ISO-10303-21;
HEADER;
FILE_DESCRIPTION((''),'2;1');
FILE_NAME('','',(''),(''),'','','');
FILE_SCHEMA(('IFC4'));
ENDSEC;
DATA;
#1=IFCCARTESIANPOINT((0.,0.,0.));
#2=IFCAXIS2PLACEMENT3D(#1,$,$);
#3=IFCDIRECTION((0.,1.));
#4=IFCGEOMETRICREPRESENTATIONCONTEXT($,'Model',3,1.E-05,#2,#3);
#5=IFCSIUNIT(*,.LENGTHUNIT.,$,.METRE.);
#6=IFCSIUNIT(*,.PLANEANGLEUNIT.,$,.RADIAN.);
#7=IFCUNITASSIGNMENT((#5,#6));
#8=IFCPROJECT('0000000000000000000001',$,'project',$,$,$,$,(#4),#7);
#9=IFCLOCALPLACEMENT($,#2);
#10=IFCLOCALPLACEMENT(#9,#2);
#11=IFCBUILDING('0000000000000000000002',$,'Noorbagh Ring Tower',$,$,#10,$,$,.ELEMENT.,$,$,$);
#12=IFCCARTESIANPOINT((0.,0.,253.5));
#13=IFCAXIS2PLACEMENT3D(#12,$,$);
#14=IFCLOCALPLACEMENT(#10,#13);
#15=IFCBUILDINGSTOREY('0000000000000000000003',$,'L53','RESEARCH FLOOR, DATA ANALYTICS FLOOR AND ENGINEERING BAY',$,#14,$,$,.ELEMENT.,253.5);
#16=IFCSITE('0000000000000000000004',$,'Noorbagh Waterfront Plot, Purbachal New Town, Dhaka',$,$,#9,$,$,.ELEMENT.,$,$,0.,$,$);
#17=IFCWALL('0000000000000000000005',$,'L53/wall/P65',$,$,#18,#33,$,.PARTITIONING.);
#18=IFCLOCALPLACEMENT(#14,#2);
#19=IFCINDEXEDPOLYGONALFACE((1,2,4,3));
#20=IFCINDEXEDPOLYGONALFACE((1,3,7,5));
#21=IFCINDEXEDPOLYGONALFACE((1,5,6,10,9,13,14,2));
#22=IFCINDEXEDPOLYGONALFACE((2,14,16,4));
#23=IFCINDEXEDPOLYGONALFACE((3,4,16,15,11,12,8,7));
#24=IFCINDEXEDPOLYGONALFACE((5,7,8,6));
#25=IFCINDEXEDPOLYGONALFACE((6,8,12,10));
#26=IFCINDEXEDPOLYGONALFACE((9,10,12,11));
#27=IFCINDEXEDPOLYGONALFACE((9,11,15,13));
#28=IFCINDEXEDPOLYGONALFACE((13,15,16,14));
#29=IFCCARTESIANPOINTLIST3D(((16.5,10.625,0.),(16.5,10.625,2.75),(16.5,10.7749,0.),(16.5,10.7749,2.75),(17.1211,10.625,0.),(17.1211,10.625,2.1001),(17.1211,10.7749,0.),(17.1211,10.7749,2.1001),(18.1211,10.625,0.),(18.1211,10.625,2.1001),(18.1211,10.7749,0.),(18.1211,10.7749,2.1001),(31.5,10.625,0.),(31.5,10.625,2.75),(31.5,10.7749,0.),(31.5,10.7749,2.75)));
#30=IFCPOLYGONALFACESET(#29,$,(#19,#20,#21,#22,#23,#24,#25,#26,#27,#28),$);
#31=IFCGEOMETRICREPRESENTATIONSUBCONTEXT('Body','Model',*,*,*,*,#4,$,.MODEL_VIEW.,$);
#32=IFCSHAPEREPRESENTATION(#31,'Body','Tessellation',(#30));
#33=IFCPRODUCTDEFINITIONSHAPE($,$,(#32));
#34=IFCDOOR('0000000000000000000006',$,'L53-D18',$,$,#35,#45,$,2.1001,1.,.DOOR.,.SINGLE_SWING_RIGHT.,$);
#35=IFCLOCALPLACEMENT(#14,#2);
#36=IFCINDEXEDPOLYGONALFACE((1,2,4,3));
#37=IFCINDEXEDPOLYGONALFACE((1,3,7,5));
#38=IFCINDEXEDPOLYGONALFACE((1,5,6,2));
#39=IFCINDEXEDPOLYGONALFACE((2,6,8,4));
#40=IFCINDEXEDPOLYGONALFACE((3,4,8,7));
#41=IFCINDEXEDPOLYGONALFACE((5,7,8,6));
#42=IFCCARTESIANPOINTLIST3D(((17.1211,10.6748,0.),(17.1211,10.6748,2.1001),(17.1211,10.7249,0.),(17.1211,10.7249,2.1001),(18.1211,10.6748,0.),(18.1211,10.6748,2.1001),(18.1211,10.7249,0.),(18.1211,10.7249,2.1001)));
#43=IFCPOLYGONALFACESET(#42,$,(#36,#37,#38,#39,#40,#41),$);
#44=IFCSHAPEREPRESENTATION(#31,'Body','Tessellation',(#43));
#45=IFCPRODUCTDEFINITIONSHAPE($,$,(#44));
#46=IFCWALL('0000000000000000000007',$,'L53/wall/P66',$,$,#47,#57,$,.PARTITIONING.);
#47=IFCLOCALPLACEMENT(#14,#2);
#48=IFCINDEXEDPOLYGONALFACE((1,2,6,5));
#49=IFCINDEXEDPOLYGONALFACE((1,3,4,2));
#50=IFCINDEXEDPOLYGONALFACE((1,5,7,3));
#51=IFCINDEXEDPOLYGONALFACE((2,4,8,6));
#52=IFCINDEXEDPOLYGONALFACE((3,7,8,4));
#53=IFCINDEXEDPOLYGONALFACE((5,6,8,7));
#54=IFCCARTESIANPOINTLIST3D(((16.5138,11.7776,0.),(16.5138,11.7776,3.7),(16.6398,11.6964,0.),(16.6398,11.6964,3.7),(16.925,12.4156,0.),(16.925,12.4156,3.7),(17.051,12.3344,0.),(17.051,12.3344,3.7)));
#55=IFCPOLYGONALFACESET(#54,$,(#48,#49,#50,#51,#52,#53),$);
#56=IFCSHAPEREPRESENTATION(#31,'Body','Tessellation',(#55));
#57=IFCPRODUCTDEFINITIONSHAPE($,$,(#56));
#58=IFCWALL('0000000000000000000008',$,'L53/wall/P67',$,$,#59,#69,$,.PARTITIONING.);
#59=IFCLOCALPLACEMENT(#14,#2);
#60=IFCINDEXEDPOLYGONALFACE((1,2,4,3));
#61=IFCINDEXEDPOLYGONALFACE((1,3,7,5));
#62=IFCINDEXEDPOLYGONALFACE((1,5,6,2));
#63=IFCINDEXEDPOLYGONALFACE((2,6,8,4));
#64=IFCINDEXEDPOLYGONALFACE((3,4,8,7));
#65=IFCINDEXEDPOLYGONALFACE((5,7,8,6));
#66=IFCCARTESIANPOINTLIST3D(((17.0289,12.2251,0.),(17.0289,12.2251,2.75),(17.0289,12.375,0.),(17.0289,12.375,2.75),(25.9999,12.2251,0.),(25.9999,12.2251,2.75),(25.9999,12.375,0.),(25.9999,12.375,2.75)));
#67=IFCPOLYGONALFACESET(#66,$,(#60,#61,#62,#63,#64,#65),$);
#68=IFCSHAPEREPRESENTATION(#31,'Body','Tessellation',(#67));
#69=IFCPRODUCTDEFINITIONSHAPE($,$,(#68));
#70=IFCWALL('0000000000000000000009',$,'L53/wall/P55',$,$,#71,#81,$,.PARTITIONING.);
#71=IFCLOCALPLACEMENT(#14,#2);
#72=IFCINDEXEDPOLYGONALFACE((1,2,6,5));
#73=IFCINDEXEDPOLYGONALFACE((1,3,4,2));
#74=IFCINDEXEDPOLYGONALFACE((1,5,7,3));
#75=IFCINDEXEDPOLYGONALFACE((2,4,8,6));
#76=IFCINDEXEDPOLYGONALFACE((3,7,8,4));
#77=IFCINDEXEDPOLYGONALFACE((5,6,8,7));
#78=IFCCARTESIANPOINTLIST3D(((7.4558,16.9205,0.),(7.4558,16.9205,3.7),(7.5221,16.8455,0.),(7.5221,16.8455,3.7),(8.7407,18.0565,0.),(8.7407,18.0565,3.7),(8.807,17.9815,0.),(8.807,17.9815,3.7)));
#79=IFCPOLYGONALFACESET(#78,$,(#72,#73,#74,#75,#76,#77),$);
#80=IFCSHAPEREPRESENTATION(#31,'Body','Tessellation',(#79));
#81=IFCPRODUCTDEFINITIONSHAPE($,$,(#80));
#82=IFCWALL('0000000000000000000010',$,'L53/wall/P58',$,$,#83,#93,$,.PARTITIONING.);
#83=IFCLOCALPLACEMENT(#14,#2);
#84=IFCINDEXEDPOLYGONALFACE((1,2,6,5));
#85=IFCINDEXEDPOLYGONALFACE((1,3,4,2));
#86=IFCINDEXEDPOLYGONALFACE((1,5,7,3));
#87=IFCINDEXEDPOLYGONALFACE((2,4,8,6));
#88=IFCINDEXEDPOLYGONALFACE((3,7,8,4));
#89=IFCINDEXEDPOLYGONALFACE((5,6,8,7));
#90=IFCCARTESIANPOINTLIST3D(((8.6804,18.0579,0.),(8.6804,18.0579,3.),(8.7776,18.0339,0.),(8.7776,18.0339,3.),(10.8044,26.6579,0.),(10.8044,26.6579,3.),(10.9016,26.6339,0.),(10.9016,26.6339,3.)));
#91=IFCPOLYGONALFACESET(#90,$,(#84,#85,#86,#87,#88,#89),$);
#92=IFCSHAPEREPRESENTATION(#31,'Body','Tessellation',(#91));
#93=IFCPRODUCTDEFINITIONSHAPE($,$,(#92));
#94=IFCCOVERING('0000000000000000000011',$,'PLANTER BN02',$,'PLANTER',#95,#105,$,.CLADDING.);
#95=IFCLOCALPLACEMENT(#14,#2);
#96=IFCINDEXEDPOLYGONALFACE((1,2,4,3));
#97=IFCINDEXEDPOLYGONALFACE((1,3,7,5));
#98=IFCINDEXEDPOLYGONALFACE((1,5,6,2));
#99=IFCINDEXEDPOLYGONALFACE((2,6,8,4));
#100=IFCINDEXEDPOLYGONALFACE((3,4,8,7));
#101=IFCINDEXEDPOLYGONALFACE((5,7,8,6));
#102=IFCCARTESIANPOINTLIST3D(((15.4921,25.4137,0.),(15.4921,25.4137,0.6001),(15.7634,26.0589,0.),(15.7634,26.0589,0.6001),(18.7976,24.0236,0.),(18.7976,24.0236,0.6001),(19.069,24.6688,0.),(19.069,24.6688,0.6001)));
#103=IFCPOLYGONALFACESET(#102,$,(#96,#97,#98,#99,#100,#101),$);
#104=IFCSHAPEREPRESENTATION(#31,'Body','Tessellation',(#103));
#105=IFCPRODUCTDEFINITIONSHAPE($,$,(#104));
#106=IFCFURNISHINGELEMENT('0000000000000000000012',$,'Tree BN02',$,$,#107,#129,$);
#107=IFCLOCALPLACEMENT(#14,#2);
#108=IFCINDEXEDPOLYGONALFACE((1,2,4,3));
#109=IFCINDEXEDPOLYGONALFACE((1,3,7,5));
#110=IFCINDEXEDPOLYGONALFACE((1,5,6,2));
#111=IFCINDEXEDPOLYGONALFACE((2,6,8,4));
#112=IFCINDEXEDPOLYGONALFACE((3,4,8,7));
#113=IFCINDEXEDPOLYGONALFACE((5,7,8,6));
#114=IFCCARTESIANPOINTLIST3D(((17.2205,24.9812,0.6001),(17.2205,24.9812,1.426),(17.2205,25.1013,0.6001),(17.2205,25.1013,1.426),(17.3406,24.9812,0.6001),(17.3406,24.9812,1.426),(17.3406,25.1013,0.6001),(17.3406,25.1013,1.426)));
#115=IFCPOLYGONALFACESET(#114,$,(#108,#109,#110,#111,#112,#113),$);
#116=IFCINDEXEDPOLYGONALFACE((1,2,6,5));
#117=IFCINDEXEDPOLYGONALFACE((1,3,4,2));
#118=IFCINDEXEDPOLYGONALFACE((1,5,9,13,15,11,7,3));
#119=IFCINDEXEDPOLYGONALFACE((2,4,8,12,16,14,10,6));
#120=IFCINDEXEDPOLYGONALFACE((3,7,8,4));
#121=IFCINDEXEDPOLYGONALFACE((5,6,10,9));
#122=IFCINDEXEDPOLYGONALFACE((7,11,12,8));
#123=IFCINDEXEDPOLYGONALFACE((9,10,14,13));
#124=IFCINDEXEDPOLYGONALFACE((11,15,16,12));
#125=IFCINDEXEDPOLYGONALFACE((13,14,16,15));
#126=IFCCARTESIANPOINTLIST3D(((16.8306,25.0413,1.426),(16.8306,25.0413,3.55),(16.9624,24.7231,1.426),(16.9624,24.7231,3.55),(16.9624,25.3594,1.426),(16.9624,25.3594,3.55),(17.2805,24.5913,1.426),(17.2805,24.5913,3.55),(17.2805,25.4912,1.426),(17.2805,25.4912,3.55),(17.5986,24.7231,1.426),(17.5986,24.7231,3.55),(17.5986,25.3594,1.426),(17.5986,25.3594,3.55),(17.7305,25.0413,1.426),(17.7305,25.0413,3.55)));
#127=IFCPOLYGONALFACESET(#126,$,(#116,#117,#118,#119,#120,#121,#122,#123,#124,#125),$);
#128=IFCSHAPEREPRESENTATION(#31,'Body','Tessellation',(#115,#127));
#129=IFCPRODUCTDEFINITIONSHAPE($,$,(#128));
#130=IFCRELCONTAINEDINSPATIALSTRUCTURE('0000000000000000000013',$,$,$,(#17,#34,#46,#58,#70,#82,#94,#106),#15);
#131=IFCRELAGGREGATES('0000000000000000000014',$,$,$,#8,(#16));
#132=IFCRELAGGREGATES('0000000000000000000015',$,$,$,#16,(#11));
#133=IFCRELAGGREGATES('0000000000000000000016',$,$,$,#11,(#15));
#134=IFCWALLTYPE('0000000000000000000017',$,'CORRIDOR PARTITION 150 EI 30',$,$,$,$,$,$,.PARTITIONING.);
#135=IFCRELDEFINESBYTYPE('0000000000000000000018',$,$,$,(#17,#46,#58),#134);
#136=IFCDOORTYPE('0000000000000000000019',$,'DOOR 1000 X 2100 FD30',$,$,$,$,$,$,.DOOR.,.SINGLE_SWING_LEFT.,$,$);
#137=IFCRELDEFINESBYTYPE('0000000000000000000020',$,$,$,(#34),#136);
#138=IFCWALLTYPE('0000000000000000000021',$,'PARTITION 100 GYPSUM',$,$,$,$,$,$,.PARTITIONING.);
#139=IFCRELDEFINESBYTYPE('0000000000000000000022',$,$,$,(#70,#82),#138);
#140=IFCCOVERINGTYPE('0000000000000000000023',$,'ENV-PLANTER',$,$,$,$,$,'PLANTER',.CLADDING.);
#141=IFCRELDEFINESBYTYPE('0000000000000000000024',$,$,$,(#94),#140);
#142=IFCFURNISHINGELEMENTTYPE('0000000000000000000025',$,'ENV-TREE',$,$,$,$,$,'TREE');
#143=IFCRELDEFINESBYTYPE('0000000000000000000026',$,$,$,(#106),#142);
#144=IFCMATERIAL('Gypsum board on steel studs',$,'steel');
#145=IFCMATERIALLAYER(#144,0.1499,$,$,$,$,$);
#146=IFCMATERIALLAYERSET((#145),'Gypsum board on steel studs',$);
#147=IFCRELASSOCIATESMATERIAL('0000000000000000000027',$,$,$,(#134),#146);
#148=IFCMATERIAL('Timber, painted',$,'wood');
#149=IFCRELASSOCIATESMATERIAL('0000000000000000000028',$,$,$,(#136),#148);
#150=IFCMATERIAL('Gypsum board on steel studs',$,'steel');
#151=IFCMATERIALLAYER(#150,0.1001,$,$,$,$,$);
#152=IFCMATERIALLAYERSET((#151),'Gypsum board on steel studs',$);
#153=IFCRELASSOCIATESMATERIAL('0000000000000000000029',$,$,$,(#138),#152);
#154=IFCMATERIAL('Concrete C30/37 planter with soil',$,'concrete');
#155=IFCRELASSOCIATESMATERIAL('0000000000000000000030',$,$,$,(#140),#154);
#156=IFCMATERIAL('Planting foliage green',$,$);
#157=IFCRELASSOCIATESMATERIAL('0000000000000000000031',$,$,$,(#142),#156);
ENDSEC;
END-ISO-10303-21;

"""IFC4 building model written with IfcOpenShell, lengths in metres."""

from ifc_helpers import new_model, si_unit, direction, frame, frame_2d, origin, origin_2d, place, context, subcontext, project, spatial, polyline, rectangle, outline, extrude, material, layer, layer_set, type_object, element, fill, save


model = new_model("IFC4")

# Units and contexts
model_context = context("Model", 3, precision=1e-05, world=origin(), true_north=direction((0.0, 1.0)))
body_context = subcontext(model_context, "Body", "Model", "MODEL_VIEW")
ifc_project = project(units=[si_unit("LENGTHUNIT", "METRE"), si_unit("PLANEANGLEUNIT", "RADIAN")], contexts=[model_context])

# Site, building, storey
site_placement = place(None, origin())
site = spatial("IfcSite", under=ifc_project, at=site_placement, Name="Noorbagh Waterfront Plot, Purbachal New Town, Dhaka", CompositionType="ELEMENT", RefElevation=0.0)
building_placement = place(site_placement, origin())
building = spatial("IfcBuilding", under=site, at=building_placement, Name="Noorbagh Ring Tower", CompositionType="ELEMENT")
storey_placement = place(building_placement, frame((0.0, 0.0, 253.5)))
storey = spatial("IfcBuildingStorey", under=building, at=storey_placement, Name="L53", Description="RESEARCH FLOOR, DATA ANALYTICS FLOOR AND ENGINEERING BAY", CompositionType="ELEMENT", Elevation=253.5)

# Shared definitions
ifc_material_1 = material(Name="Gypsum board on steel studs", Category="steel")
ifc_layer_1 = layer(ifc_material_1, 0.1499)
ifc_layer_set_1 = layer_set([ifc_layer_1], Name="Gypsum board on steel studs")
wall_type_1 = type_object("IfcWallType", Name="CORRIDOR PARTITION 150 EI 30", PredefinedType="PARTITIONING", material=ifc_layer_set_1)

# Wall, opening, door
ifc_material_2 = material(Name="Timber, painted", Category="wood")
door_type = type_object("IfcDoorType", Name="DOOR 1000 X 2100 FD30", OperationType="SINGLE_SWING_LEFT", PredefinedType="DOOR", material=ifc_material_2)
wall_1_placement = place(storey_placement, frame((16.5, 10.7, 0.0), z_axis=(0.0, 0.0, 1.0), x_axis=(1.0, 0.0, 0.0)))
wall_1 = element("IfcWall", 1, at=wall_1_placement, inside=storey, type_object=wall_type_1, Name="L53/wall/P65", PredefinedType="PARTITIONING", context=body_context, shape_type="SweptSolid", body=[
    extrude(rectangle(XDim=15.0, YDim=0.1499, at=frame_2d((7.5, 0.0))), origin(), (0.0, 0.0, 1.0), 2.75),
])
opening_1_placement = place(wall_1_placement, frame((0.6211, 0.0, 0.0)))
opening_1 = element("IfcOpeningElement", 2, at=opening_1_placement, cuts=wall_1, PredefinedType="OPENING", context=body_context, shape_type="SweptSolid", body=[
    extrude(rectangle(XDim=1.0, YDim=2.1001, at=frame_2d((0.5, 1.05))), frame((0.0, 0.085, 0.0), z_axis=(0.0, -1.0, 0.0), x_axis=(1.0, 0.0, 0.0)), (0.0, 0.0, 1.0), 0.1699),
])
door_1_placement = place(opening_1_placement, origin())
door_1 = element("IfcDoor", 3, at=door_1_placement, inside=storey, type_object=door_type, Name="L53-D18", OperationType="SINGLE_SWING_RIGHT", OverallHeight=2.1001, OverallWidth=1.0, PredefinedType="DOOR", context=body_context, shape_type="SweptSolid", body=[
    extrude(rectangle(XDim=1.0, YDim=2.1001, at=frame_2d((0.5, 1.05))), frame((0.0, 0.0249, 0.0), z_axis=(0.0, -1.0, 0.0), x_axis=(1.0, 0.0, 0.0)), (0.0, 0.0, 1.0), 0.05),
])
fill(opening_1, door_1)

# Walls
wall_2_placement = place(storey_placement, frame((16.5769, 11.7371, 0.0), z_axis=(0.0, 0.0, 1.0), x_axis=(0.541716, 0.840561, 0.0)))
element("IfcWall", 4, at=wall_2_placement, inside=storey, type_object=wall_type_1, Name="L53/wall/P66", PredefinedType="PARTITIONING", context=body_context, shape_type="SweptSolid", body=[
    extrude(rectangle(XDim=0.759, YDim=0.1499, at=frame_2d((0.3794, 0.0))), origin(), (0.0, 0.0, 1.0), 3.7),
])
wall_3_placement = place(storey_placement, frame((17.0291, 12.3, 0.0), z_axis=(0.0, 0.0, 1.0), x_axis=(1.0, 0.0, 0.0)))
element("IfcWall", 5, at=wall_3_placement, inside=storey, type_object=wall_type_1, Name="L53/wall/P67", PredefinedType="PARTITIONING", context=body_context, shape_type="SweptSolid", body=[
    extrude(rectangle(XDim=8.9709, YDim=0.1499, at=frame_2d((4.4854, 0.0))), origin(), (0.0, 0.0, 1.0), 2.75),
])
ifc_material_3 = material(Name="Gypsum board on steel studs", Category="steel")
ifc_layer_2 = layer(ifc_material_3, 0.1001)
ifc_layer_set_2 = layer_set([ifc_layer_2], Name="Gypsum board on steel studs")
wall_type_2 = type_object("IfcWallType", Name="PARTITION 100 GYPSUM", PredefinedType="PARTITIONING", material=ifc_layer_set_2)
wall_4_placement = place(storey_placement, frame((7.489, 16.8831, 0.0), z_axis=(0.0, 0.0, 1.0), x_axis=(0.749189, 0.662356, 0.0)))
element("IfcWall", 6, at=wall_4_placement, inside=storey, type_object=wall_type_2, Name="L53/wall/P55", PredefinedType="PARTITIONING", context=body_context, shape_type="SweptSolid", body=[
    extrude(rectangle(XDim=1.7151, YDim=0.1001, at=frame_2d((0.8574, 0.0))), origin(), (0.0, 0.0, 1.0), 3.7),
])
wall_5_placement = place(storey_placement, frame((8.729, 18.0459, 0.0), z_axis=(0.0, 0.0, 1.0), x_axis=(0.239772, 0.970829, 0.0)))
element("IfcWall", 7, at=wall_5_placement, inside=storey, type_object=wall_type_2, Name="L53/wall/P58", PredefinedType="PARTITIONING", context=body_context, shape_type="SweptSolid", body=[
    extrude(rectangle(XDim=8.8584, YDim=0.1001, at=frame_2d((4.4292, 0.0))), origin(), (0.0, 0.0, 1.0), 3.0),
])

# Covering
ifc_material_4 = material(Name="Concrete C30/37 planter with soil", Category="concrete")
covering_type = type_object("IfcCoveringType", Name="ENV-PLANTER", ElementType="PLANTER", PredefinedType="CLADDING", material=ifc_material_4)
covering_placement = place(storey_placement, frame((17.2805, 25.0413, 0.0), z_axis=(0.0, 0.0, 1.0), x_axis=(-0.921812, 0.387638, 0.0)))
element("IfcCovering", 8, at=covering_placement, inside=storey, type_object=covering_type, Name="PLANTER BN02", ObjectType="PLANTER", PredefinedType="CLADDING", context=body_context, shape_type="SweptSolid", body=[
    extrude(rectangle(XDim=3.5859, YDim=0.7, at=origin_2d()), origin(), (0.0, 0.0, 1.0), 0.6001),
])

# Furnishing element
ifc_material_5 = material(Name="Planting foliage green")
furnishing_element_type = type_object("IfcFurnishingElementType", Name="ENV-TREE", ElementType="TREE", material=ifc_material_5)
furnishing_placement = place(storey_placement, frame((17.2805, 25.0413, 0.6001), z_axis=(0.0, 0.0, 1.0), x_axis=(1.0, 0.0, 0.0)))
element("IfcFurnishingElement", 9, at=furnishing_placement, inside=storey, type_object=furnishing_element_type, Name="Tree BN02", context=body_context, shape_type="SweptSolid", body=[
    extrude(rectangle(XDim=0.1201, YDim=0.1201, at=origin_2d()), origin(), (0.0, 0.0, 1.0), 0.8259),
    extrude(outline(polyline([(0.45, 0.0), (0.3181, 0.3181), (0.0, 0.45), (-0.3181, 0.3181), (-0.45, 0.0), (-0.3181, -0.3181), (0.0, -0.45), (0.3181, -0.3181), (0.45, 0.0)])), frame((0.0, 0.0, 0.8259)), (0.0, 0.0, 1.0), 2.124),
])

save(model, "model.ifc")
